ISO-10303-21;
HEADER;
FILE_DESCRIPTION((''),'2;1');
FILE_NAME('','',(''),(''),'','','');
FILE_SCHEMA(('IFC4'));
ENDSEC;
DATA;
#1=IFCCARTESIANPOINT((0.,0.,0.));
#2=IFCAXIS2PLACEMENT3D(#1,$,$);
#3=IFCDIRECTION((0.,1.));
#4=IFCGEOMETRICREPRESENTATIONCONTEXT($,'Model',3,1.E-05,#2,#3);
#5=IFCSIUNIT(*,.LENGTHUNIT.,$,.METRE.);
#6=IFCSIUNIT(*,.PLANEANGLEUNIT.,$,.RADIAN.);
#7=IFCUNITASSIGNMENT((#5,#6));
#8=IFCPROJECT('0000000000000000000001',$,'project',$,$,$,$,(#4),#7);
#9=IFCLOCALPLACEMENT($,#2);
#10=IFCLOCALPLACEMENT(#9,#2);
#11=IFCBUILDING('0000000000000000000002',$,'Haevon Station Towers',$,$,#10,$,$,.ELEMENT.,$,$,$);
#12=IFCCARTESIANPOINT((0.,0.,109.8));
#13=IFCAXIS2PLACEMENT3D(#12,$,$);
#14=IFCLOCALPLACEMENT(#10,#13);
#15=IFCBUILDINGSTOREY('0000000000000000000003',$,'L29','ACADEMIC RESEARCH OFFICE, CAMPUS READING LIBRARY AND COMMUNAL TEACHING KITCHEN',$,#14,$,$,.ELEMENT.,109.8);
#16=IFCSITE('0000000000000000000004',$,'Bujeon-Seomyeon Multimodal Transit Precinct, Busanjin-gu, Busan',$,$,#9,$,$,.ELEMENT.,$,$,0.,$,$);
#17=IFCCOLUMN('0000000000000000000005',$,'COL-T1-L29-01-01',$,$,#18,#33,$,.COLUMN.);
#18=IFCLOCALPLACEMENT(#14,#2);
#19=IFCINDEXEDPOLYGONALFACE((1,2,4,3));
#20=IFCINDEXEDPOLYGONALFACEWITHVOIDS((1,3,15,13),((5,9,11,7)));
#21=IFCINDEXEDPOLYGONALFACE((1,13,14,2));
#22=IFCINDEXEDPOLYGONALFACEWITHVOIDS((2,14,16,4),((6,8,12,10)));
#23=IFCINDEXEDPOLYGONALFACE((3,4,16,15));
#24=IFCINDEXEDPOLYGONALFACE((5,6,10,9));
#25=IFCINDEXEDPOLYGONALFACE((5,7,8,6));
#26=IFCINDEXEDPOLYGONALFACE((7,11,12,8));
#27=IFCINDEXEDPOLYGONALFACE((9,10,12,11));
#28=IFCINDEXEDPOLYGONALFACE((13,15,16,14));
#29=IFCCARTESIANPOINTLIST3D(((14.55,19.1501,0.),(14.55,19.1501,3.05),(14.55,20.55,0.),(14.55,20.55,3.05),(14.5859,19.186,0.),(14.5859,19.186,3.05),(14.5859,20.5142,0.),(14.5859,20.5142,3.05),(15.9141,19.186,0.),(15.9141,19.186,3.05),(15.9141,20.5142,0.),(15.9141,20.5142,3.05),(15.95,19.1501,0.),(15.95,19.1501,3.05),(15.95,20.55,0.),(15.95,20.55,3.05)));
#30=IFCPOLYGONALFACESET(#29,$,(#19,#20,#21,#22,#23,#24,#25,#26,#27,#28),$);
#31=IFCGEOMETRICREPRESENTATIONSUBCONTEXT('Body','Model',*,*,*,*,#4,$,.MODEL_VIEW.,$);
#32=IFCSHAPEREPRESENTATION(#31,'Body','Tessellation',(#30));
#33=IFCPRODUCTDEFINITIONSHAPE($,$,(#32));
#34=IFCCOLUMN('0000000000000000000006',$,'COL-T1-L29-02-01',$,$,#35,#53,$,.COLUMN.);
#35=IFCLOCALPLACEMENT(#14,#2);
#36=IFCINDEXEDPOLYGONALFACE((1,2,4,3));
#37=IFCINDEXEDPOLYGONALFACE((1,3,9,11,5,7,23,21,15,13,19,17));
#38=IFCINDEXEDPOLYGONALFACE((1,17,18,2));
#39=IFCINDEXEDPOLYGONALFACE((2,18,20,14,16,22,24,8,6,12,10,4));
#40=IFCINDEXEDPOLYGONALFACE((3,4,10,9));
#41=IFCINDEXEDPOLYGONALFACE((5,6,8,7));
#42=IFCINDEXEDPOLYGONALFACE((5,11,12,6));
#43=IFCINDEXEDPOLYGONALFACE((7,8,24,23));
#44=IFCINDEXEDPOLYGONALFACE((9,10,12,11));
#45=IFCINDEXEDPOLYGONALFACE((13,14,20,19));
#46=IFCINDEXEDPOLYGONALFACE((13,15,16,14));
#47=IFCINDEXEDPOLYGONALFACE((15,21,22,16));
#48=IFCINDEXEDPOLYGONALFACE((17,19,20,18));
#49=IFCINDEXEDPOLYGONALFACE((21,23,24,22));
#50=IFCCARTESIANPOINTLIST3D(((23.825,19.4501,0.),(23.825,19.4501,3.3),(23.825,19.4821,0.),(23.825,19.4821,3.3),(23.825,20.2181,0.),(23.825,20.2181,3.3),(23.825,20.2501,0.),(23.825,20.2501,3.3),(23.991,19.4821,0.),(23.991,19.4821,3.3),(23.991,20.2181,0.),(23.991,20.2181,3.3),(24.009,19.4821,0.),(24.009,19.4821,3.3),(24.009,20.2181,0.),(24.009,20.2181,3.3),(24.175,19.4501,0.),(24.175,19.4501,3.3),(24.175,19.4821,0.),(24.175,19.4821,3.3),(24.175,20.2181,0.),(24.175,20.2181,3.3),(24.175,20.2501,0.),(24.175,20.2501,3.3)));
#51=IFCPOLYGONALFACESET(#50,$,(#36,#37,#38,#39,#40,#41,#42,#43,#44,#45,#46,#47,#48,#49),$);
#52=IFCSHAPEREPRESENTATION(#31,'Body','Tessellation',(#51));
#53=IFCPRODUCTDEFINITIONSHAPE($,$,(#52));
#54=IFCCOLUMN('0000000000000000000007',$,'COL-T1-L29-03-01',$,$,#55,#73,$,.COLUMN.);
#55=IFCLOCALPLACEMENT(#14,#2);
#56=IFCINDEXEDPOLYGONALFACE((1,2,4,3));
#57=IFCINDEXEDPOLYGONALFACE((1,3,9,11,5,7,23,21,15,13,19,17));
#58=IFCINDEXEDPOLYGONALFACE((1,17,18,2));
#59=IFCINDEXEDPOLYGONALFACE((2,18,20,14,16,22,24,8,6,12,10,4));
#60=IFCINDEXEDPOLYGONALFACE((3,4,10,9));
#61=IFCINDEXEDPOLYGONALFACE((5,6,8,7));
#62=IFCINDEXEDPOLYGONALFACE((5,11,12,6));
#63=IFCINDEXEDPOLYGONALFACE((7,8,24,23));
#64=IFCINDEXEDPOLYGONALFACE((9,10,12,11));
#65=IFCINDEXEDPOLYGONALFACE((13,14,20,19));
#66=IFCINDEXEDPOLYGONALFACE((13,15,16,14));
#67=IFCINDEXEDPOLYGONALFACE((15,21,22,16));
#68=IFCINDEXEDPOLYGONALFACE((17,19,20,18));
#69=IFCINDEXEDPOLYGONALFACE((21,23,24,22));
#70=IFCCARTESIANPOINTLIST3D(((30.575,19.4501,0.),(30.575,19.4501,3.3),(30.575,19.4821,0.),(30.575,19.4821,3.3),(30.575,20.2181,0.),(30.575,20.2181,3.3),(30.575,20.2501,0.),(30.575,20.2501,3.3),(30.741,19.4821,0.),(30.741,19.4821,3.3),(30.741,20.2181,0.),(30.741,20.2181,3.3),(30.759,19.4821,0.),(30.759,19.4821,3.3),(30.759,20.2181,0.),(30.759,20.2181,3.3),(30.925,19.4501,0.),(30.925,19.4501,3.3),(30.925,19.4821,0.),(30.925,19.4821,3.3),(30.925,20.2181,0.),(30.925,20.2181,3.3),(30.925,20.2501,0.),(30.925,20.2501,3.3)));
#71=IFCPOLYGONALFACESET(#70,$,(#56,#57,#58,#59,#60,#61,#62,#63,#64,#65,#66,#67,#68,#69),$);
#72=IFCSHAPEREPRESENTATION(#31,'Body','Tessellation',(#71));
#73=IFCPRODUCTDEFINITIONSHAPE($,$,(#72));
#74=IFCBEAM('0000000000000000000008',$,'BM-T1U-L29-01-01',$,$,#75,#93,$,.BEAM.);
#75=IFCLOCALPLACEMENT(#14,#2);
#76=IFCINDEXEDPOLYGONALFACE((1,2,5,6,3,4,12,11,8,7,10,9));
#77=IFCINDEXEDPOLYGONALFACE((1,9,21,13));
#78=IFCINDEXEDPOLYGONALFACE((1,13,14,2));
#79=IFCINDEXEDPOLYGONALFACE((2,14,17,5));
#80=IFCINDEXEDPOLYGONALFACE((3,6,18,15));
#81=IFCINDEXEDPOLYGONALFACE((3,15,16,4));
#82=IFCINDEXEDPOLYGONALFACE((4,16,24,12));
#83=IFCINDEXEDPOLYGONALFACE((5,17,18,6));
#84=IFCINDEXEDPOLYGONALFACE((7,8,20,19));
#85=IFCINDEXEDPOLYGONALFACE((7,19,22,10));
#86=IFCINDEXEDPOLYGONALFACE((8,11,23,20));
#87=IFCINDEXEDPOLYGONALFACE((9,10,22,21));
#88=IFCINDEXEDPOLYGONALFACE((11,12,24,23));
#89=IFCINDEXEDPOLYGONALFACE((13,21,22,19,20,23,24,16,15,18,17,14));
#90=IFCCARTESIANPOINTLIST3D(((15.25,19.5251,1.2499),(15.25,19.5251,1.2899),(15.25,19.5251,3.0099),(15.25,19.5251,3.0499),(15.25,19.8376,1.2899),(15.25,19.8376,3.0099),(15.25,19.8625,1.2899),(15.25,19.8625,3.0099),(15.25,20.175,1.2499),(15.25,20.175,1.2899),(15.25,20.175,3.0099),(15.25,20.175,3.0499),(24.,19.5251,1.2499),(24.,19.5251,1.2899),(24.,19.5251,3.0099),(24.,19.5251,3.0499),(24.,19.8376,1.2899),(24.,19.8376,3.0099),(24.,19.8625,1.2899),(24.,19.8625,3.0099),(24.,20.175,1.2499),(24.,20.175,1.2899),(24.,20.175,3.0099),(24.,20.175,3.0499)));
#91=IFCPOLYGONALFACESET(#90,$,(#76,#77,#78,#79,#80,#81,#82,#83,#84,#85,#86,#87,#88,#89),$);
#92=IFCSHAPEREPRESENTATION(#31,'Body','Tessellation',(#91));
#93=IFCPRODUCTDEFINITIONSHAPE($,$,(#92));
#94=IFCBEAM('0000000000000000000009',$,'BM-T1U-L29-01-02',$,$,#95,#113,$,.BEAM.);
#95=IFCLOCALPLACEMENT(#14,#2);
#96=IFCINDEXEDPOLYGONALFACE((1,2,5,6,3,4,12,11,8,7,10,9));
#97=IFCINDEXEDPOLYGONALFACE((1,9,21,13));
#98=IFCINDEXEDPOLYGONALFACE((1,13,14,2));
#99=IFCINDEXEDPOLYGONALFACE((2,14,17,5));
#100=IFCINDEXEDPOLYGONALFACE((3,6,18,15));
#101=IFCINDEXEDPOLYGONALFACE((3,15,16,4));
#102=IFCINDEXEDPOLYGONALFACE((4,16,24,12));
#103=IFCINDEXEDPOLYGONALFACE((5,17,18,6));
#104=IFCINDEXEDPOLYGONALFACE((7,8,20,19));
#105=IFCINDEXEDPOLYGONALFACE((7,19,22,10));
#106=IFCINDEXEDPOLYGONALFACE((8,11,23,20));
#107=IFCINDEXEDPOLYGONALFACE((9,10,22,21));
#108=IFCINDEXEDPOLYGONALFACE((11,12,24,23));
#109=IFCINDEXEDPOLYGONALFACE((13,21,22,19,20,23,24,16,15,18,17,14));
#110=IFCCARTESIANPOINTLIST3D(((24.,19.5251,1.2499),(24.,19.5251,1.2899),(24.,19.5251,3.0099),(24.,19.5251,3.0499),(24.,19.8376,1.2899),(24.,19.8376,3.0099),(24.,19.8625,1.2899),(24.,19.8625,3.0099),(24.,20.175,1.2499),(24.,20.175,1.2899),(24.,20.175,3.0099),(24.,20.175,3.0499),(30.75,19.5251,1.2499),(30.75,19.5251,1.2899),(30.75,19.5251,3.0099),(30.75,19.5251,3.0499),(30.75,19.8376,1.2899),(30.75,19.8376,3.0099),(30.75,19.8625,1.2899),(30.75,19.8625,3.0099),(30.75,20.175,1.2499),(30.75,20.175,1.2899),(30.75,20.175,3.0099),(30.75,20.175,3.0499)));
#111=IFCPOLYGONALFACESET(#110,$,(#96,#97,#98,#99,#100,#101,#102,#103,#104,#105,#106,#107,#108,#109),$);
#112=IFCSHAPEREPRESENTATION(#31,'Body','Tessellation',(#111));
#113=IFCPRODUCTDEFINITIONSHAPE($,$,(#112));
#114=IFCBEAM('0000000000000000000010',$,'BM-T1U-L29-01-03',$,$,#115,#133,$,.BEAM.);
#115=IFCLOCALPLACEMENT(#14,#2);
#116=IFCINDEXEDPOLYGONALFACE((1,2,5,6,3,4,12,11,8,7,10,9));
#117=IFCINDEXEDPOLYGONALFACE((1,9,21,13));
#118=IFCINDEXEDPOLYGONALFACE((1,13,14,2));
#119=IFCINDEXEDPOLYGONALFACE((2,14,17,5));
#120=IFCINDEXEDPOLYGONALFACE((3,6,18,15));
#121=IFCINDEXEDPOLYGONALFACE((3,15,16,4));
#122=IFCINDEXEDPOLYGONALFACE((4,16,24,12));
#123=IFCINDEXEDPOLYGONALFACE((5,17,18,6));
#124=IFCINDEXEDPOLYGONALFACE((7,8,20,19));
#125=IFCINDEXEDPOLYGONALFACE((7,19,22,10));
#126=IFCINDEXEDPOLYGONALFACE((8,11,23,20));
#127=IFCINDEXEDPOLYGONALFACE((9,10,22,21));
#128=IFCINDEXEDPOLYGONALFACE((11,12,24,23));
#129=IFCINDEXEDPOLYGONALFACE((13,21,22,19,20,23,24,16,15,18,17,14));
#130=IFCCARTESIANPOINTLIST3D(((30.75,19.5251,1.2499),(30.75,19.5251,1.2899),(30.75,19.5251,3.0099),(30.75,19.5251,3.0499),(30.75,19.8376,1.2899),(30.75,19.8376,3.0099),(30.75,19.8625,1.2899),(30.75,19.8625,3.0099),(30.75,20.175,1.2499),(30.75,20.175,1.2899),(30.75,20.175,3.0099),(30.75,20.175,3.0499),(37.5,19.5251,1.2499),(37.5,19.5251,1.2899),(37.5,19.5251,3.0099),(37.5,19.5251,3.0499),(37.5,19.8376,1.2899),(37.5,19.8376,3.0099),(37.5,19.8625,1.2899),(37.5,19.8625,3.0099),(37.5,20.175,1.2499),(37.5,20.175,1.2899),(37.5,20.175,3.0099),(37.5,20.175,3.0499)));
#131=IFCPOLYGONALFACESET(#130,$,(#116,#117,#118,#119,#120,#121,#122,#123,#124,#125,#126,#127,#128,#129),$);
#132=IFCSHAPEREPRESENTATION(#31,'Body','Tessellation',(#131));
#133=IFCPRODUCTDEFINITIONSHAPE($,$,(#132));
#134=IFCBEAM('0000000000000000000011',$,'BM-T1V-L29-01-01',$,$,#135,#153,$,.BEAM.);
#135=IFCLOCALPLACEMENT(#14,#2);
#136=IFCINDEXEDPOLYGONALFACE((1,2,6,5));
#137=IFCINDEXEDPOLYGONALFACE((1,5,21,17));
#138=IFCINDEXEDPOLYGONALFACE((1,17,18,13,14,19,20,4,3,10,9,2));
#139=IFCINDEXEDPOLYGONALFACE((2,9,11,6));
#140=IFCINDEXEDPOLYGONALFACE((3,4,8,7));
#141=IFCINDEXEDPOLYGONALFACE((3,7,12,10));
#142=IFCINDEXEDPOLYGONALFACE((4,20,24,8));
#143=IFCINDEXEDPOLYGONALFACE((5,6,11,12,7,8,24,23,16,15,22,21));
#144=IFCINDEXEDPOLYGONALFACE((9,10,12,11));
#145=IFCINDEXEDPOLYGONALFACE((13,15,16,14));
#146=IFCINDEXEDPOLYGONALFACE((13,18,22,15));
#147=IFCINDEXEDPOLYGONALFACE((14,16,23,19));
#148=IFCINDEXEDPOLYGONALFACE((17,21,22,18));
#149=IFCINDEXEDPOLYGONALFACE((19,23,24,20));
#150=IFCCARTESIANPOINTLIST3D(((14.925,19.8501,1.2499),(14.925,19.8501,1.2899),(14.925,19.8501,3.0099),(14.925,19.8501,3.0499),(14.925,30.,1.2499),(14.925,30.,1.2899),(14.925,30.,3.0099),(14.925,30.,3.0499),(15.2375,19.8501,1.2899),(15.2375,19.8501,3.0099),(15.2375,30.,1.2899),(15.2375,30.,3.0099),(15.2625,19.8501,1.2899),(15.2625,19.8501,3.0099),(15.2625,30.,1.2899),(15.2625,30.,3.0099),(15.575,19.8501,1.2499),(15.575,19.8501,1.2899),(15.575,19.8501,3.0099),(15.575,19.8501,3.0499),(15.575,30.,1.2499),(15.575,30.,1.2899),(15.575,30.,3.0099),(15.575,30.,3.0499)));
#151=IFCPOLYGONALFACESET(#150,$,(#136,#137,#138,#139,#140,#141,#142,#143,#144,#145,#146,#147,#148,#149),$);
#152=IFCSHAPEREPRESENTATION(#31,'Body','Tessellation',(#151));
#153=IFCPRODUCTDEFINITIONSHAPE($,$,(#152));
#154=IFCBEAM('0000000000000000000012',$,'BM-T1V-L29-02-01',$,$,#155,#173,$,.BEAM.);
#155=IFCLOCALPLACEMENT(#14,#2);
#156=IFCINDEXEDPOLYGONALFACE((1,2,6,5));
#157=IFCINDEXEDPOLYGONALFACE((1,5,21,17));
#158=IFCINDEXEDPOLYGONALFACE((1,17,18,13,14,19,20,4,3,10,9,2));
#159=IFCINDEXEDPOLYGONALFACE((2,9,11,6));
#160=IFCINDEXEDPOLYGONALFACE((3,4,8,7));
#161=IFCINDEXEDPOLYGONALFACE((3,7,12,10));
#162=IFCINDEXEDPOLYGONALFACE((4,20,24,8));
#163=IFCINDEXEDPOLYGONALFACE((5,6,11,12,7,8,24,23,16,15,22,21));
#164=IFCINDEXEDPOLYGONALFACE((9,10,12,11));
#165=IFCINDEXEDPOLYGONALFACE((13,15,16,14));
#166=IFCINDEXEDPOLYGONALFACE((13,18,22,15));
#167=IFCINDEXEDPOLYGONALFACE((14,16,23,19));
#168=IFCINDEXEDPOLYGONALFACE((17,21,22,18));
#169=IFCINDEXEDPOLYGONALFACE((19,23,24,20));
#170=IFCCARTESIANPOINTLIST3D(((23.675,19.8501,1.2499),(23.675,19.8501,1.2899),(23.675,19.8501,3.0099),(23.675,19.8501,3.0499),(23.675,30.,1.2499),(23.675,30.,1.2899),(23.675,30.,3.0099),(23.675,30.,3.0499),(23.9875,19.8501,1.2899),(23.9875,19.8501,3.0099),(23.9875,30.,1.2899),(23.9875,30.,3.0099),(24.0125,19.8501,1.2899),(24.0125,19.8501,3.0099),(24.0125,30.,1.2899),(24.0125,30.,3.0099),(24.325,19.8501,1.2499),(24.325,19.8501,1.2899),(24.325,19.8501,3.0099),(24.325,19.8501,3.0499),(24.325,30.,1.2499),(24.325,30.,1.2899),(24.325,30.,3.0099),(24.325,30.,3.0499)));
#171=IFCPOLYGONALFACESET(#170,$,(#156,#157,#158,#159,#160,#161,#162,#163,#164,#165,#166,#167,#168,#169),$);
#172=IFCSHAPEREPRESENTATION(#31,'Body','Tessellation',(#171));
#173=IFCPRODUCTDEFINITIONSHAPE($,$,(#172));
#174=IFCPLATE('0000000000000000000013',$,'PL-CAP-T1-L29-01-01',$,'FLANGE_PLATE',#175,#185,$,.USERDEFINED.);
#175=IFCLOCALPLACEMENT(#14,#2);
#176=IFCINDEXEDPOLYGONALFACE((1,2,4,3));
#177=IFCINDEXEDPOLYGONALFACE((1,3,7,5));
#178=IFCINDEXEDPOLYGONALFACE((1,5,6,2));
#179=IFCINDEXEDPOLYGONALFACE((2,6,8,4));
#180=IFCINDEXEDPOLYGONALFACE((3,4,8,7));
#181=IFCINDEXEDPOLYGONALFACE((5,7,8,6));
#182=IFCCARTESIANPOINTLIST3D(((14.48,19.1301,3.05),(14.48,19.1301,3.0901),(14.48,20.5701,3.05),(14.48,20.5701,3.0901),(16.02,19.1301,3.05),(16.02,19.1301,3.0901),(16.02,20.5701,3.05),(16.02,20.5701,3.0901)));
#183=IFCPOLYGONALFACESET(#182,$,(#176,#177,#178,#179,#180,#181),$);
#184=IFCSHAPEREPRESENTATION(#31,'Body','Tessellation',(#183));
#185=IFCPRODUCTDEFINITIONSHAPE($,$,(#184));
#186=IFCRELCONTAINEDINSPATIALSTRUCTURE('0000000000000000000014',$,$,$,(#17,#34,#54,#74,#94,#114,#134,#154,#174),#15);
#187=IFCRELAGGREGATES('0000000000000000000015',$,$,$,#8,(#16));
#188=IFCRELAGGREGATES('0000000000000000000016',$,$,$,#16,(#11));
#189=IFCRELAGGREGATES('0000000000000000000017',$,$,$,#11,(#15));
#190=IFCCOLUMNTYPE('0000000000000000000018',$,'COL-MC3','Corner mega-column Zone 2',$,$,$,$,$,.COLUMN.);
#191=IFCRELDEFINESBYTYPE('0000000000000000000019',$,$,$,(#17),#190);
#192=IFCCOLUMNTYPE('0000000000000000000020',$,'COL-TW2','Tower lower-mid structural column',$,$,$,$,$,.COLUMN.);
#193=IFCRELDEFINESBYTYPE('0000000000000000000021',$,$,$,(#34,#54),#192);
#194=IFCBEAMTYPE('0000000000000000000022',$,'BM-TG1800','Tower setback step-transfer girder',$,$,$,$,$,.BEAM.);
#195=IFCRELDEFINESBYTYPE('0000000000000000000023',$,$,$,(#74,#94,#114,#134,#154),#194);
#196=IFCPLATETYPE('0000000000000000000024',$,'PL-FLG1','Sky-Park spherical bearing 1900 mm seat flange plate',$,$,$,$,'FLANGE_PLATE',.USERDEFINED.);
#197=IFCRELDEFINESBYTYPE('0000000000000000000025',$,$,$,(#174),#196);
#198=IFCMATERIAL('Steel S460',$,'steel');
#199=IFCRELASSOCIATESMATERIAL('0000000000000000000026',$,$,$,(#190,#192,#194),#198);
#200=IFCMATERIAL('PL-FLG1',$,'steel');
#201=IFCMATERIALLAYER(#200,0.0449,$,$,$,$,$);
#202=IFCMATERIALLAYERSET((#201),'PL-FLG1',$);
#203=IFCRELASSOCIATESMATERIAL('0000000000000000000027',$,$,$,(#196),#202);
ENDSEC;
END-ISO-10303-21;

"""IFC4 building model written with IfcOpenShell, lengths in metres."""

from ifc_helpers import new_model, si_unit, direction, frame, origin, origin_2d, place, context, subcontext, project, spatial, rectangle, hollow_rectangle, i_section, extrude, material, layer, layer_set, material_profile, profile_set, type_object, element, save


model = new_model("IFC4")

# Units and contexts
model_context = context("Model", 3, precision=1e-05, world=origin(), true_north=direction((0.0, 1.0)))
body_context = subcontext(model_context, "Body", "Model", "MODEL_VIEW")
ifc_project = project(units=[si_unit("LENGTHUNIT", "METRE"), si_unit("PLANEANGLEUNIT", "RADIAN")], contexts=[model_context])

# Site, building, storey
site_placement = place(None, origin())
site = spatial("IfcSite", under=ifc_project, at=site_placement, Name="Bujeon-Seomyeon Multimodal Transit Precinct, Busanjin-gu, Busan", CompositionType="ELEMENT", RefElevation=0.0)
building_placement = place(site_placement, origin())
building = spatial("IfcBuilding", under=site, at=building_placement, Name="Haevon Station Towers", CompositionType="ELEMENT")
storey_placement = place(building_placement, frame((0.0, 0.0, 109.8)))
storey = spatial("IfcBuildingStorey", under=building, at=storey_placement, Name="L29", Description="ACADEMIC RESEARCH OFFICE, CAMPUS READING LIBRARY AND COMMUNAL TEACHING KITCHEN", CompositionType="ELEMENT", Elevation=109.8)

# Columns
ifc_material_1 = material(Name="Steel S460", Category="steel")
ifc_material_profile_1 = material_profile(ifc_material_1, hollow_rectangle(XDim=1.3999, YDim=1.3999, WallThickness=0.0359, at=origin_2d()), Name="BOX-1400x1400x36")
ifc_profile_set_1 = profile_set([ifc_material_profile_1], Name="Steel S460")
column_type_1 = type_object("IfcColumnType", Name="COL-MC3", Description="Corner mega-column Zone 2", PredefinedType="COLUMN", material=ifc_profile_set_1)
column_placement = place(storey_placement, frame((15.25, 19.8501, 0.0), z_axis=(0.0, 0.0, 1.0), x_axis=(1.0, 0.0, 0.0)))
element("IfcColumn", 1, at=column_placement, inside=storey, type_object=column_type_1, Name="COL-T1-L29-01-01", PredefinedType="COLUMN", context=body_context, shape_type="SweptSolid", body=[
    extrude(hollow_rectangle(XDim=1.3999, YDim=1.3999, WallThickness=0.0359, at=origin_2d()), origin(), (0.0, 0.0, 1.0), 3.05),
])
ifc_material_profile_2 = material_profile(ifc_material_1, i_section(OverallWidth=0.3501, OverallDepth=0.8, WebThickness=0.0181, FlangeThickness=0.032, at=origin_2d()), Name="H-800x350x18x32")
ifc_profile_set_2 = profile_set([ifc_material_profile_2], Name="Steel S460")
column_type_2 = type_object("IfcColumnType", Name="COL-TW2", Description="Tower lower-mid structural column", PredefinedType="COLUMN", material=ifc_profile_set_2)
for number, where, z_axis, x_axis, name in (
    (2, (24.0, 19.8501, 0.0), (0.0, 0.0, 1.0), (1.0, 0.0, 0.0), "COL-T1-L29-02-01"),
    (3, (30.75, 19.8501, 0.0), (0.0, 0.0, 1.0), (1.0, 0.0, 0.0), "COL-T1-L29-03-01"),
):
    element("IfcColumn", number, at=place(storey_placement, frame(where, z_axis=z_axis, x_axis=x_axis)), inside=storey, type_object=column_type_2, Name=name, PredefinedType="COLUMN", context=body_context, shape_type="SweptSolid", body=[
        extrude(i_section(OverallWidth=0.3501, OverallDepth=0.8, WebThickness=0.0181, FlangeThickness=0.032, at=origin_2d()), origin(), (0.0, 0.0, 1.0), 3.3),
    ])

# Beams
ifc_material_profile_3 = material_profile(ifc_material_1, i_section(OverallWidth=0.6499, OverallDepth=1.8, WebThickness=0.0249, FlangeThickness=0.04, at=origin_2d()), Name="H-1800x650x25x40")
ifc_profile_set_3 = profile_set([ifc_material_profile_3], Name="Steel S460")
beam_type = type_object("IfcBeamType", Name="BM-TG1800", Description="Tower setback step-transfer girder", PredefinedType="BEAM", material=ifc_profile_set_3)
beam_placement = place(storey_placement, frame((15.25, 19.8501, 2.1499), z_axis=(1.0, 0.0, 0.0), x_axis=(0.0, 1.0, 0.0)))
element("IfcBeam", 4, at=beam_placement, inside=storey, type_object=beam_type, Name="BM-T1U-L29-01-01", PredefinedType="BEAM", context=body_context, shape_type="SweptSolid", body=[
    extrude(i_section(OverallWidth=0.6499, OverallDepth=1.8, WebThickness=0.0249, FlangeThickness=0.04, at=origin_2d()), origin(), (0.0, 0.0, 1.0), 8.75),
])
for number, where, z_axis, x_axis, name in (
    (5, (24.0, 19.8501, 2.1499), (1.0, 0.0, 0.0), (0.0, 1.0, 0.0), "BM-T1U-L29-01-02"),
    (6, (30.75, 19.8501, 2.1499), (1.0, 0.0, 0.0), (0.0, 1.0, 0.0), "BM-T1U-L29-01-03"),
):
    element("IfcBeam", number, at=place(storey_placement, frame(where, z_axis=z_axis, x_axis=x_axis)), inside=storey, type_object=beam_type, Name=name, PredefinedType="BEAM", context=body_context, shape_type="SweptSolid", body=[
        extrude(i_section(OverallWidth=0.6499, OverallDepth=1.8, WebThickness=0.0249, FlangeThickness=0.04, at=origin_2d()), origin(), (0.0, 0.0, 1.0), 6.75),
    ])
for number, where, z_axis, x_axis, name in (
    (7, (15.25, 19.8501, 2.1499), (0.0, 1.0, 0.0), (-1.0, 0.0, 0.0), "BM-T1V-L29-01-01"),
    (8, (24.0, 19.8501, 2.1499), (0.0, 1.0, 0.0), (-1.0, 0.0, 0.0), "BM-T1V-L29-02-01"),
):
    element("IfcBeam", number, at=place(storey_placement, frame(where, z_axis=z_axis, x_axis=x_axis)), inside=storey, type_object=beam_type, Name=name, PredefinedType="BEAM", context=body_context, shape_type="SweptSolid", body=[
        extrude(i_section(OverallWidth=0.6499, OverallDepth=1.8, WebThickness=0.0249, FlangeThickness=0.04, at=origin_2d()), origin(), (0.0, 0.0, 1.0), 10.1499),
    ])

# Plate
ifc_material_2 = material(Name="PL-FLG1", Category="steel")
ifc_layer_1 = layer(ifc_material_2, 0.0449)
ifc_layer_set_1 = layer_set([ifc_layer_1], Name="PL-FLG1")
plate_type_1 = type_object("IfcPlateType", Name="PL-FLG1", Description="Sky-Park spherical bearing 1900 mm seat flange plate", ElementType="FLANGE_PLATE", PredefinedType="USERDEFINED", material=ifc_layer_set_1)
plate_placement = place(storey_placement, frame((15.25, 19.8501, 3.05), z_axis=(0.0, 0.0, 1.0), x_axis=(1.0, 0.0, 0.0)))
element("IfcPlate", 9, at=plate_placement, inside=storey, type_object=plate_type_1, Name="PL-CAP-T1-L29-01-01", ObjectType="FLANGE_PLATE", PredefinedType="USERDEFINED", context=body_context, shape_type="SweptSolid", body=[
    extrude(rectangle(XDim=1.54, YDim=1.4399, at=origin_2d()), origin(), (0.0, 0.0, 1.0), 0.04),
])

save(model, "model.ifc")
